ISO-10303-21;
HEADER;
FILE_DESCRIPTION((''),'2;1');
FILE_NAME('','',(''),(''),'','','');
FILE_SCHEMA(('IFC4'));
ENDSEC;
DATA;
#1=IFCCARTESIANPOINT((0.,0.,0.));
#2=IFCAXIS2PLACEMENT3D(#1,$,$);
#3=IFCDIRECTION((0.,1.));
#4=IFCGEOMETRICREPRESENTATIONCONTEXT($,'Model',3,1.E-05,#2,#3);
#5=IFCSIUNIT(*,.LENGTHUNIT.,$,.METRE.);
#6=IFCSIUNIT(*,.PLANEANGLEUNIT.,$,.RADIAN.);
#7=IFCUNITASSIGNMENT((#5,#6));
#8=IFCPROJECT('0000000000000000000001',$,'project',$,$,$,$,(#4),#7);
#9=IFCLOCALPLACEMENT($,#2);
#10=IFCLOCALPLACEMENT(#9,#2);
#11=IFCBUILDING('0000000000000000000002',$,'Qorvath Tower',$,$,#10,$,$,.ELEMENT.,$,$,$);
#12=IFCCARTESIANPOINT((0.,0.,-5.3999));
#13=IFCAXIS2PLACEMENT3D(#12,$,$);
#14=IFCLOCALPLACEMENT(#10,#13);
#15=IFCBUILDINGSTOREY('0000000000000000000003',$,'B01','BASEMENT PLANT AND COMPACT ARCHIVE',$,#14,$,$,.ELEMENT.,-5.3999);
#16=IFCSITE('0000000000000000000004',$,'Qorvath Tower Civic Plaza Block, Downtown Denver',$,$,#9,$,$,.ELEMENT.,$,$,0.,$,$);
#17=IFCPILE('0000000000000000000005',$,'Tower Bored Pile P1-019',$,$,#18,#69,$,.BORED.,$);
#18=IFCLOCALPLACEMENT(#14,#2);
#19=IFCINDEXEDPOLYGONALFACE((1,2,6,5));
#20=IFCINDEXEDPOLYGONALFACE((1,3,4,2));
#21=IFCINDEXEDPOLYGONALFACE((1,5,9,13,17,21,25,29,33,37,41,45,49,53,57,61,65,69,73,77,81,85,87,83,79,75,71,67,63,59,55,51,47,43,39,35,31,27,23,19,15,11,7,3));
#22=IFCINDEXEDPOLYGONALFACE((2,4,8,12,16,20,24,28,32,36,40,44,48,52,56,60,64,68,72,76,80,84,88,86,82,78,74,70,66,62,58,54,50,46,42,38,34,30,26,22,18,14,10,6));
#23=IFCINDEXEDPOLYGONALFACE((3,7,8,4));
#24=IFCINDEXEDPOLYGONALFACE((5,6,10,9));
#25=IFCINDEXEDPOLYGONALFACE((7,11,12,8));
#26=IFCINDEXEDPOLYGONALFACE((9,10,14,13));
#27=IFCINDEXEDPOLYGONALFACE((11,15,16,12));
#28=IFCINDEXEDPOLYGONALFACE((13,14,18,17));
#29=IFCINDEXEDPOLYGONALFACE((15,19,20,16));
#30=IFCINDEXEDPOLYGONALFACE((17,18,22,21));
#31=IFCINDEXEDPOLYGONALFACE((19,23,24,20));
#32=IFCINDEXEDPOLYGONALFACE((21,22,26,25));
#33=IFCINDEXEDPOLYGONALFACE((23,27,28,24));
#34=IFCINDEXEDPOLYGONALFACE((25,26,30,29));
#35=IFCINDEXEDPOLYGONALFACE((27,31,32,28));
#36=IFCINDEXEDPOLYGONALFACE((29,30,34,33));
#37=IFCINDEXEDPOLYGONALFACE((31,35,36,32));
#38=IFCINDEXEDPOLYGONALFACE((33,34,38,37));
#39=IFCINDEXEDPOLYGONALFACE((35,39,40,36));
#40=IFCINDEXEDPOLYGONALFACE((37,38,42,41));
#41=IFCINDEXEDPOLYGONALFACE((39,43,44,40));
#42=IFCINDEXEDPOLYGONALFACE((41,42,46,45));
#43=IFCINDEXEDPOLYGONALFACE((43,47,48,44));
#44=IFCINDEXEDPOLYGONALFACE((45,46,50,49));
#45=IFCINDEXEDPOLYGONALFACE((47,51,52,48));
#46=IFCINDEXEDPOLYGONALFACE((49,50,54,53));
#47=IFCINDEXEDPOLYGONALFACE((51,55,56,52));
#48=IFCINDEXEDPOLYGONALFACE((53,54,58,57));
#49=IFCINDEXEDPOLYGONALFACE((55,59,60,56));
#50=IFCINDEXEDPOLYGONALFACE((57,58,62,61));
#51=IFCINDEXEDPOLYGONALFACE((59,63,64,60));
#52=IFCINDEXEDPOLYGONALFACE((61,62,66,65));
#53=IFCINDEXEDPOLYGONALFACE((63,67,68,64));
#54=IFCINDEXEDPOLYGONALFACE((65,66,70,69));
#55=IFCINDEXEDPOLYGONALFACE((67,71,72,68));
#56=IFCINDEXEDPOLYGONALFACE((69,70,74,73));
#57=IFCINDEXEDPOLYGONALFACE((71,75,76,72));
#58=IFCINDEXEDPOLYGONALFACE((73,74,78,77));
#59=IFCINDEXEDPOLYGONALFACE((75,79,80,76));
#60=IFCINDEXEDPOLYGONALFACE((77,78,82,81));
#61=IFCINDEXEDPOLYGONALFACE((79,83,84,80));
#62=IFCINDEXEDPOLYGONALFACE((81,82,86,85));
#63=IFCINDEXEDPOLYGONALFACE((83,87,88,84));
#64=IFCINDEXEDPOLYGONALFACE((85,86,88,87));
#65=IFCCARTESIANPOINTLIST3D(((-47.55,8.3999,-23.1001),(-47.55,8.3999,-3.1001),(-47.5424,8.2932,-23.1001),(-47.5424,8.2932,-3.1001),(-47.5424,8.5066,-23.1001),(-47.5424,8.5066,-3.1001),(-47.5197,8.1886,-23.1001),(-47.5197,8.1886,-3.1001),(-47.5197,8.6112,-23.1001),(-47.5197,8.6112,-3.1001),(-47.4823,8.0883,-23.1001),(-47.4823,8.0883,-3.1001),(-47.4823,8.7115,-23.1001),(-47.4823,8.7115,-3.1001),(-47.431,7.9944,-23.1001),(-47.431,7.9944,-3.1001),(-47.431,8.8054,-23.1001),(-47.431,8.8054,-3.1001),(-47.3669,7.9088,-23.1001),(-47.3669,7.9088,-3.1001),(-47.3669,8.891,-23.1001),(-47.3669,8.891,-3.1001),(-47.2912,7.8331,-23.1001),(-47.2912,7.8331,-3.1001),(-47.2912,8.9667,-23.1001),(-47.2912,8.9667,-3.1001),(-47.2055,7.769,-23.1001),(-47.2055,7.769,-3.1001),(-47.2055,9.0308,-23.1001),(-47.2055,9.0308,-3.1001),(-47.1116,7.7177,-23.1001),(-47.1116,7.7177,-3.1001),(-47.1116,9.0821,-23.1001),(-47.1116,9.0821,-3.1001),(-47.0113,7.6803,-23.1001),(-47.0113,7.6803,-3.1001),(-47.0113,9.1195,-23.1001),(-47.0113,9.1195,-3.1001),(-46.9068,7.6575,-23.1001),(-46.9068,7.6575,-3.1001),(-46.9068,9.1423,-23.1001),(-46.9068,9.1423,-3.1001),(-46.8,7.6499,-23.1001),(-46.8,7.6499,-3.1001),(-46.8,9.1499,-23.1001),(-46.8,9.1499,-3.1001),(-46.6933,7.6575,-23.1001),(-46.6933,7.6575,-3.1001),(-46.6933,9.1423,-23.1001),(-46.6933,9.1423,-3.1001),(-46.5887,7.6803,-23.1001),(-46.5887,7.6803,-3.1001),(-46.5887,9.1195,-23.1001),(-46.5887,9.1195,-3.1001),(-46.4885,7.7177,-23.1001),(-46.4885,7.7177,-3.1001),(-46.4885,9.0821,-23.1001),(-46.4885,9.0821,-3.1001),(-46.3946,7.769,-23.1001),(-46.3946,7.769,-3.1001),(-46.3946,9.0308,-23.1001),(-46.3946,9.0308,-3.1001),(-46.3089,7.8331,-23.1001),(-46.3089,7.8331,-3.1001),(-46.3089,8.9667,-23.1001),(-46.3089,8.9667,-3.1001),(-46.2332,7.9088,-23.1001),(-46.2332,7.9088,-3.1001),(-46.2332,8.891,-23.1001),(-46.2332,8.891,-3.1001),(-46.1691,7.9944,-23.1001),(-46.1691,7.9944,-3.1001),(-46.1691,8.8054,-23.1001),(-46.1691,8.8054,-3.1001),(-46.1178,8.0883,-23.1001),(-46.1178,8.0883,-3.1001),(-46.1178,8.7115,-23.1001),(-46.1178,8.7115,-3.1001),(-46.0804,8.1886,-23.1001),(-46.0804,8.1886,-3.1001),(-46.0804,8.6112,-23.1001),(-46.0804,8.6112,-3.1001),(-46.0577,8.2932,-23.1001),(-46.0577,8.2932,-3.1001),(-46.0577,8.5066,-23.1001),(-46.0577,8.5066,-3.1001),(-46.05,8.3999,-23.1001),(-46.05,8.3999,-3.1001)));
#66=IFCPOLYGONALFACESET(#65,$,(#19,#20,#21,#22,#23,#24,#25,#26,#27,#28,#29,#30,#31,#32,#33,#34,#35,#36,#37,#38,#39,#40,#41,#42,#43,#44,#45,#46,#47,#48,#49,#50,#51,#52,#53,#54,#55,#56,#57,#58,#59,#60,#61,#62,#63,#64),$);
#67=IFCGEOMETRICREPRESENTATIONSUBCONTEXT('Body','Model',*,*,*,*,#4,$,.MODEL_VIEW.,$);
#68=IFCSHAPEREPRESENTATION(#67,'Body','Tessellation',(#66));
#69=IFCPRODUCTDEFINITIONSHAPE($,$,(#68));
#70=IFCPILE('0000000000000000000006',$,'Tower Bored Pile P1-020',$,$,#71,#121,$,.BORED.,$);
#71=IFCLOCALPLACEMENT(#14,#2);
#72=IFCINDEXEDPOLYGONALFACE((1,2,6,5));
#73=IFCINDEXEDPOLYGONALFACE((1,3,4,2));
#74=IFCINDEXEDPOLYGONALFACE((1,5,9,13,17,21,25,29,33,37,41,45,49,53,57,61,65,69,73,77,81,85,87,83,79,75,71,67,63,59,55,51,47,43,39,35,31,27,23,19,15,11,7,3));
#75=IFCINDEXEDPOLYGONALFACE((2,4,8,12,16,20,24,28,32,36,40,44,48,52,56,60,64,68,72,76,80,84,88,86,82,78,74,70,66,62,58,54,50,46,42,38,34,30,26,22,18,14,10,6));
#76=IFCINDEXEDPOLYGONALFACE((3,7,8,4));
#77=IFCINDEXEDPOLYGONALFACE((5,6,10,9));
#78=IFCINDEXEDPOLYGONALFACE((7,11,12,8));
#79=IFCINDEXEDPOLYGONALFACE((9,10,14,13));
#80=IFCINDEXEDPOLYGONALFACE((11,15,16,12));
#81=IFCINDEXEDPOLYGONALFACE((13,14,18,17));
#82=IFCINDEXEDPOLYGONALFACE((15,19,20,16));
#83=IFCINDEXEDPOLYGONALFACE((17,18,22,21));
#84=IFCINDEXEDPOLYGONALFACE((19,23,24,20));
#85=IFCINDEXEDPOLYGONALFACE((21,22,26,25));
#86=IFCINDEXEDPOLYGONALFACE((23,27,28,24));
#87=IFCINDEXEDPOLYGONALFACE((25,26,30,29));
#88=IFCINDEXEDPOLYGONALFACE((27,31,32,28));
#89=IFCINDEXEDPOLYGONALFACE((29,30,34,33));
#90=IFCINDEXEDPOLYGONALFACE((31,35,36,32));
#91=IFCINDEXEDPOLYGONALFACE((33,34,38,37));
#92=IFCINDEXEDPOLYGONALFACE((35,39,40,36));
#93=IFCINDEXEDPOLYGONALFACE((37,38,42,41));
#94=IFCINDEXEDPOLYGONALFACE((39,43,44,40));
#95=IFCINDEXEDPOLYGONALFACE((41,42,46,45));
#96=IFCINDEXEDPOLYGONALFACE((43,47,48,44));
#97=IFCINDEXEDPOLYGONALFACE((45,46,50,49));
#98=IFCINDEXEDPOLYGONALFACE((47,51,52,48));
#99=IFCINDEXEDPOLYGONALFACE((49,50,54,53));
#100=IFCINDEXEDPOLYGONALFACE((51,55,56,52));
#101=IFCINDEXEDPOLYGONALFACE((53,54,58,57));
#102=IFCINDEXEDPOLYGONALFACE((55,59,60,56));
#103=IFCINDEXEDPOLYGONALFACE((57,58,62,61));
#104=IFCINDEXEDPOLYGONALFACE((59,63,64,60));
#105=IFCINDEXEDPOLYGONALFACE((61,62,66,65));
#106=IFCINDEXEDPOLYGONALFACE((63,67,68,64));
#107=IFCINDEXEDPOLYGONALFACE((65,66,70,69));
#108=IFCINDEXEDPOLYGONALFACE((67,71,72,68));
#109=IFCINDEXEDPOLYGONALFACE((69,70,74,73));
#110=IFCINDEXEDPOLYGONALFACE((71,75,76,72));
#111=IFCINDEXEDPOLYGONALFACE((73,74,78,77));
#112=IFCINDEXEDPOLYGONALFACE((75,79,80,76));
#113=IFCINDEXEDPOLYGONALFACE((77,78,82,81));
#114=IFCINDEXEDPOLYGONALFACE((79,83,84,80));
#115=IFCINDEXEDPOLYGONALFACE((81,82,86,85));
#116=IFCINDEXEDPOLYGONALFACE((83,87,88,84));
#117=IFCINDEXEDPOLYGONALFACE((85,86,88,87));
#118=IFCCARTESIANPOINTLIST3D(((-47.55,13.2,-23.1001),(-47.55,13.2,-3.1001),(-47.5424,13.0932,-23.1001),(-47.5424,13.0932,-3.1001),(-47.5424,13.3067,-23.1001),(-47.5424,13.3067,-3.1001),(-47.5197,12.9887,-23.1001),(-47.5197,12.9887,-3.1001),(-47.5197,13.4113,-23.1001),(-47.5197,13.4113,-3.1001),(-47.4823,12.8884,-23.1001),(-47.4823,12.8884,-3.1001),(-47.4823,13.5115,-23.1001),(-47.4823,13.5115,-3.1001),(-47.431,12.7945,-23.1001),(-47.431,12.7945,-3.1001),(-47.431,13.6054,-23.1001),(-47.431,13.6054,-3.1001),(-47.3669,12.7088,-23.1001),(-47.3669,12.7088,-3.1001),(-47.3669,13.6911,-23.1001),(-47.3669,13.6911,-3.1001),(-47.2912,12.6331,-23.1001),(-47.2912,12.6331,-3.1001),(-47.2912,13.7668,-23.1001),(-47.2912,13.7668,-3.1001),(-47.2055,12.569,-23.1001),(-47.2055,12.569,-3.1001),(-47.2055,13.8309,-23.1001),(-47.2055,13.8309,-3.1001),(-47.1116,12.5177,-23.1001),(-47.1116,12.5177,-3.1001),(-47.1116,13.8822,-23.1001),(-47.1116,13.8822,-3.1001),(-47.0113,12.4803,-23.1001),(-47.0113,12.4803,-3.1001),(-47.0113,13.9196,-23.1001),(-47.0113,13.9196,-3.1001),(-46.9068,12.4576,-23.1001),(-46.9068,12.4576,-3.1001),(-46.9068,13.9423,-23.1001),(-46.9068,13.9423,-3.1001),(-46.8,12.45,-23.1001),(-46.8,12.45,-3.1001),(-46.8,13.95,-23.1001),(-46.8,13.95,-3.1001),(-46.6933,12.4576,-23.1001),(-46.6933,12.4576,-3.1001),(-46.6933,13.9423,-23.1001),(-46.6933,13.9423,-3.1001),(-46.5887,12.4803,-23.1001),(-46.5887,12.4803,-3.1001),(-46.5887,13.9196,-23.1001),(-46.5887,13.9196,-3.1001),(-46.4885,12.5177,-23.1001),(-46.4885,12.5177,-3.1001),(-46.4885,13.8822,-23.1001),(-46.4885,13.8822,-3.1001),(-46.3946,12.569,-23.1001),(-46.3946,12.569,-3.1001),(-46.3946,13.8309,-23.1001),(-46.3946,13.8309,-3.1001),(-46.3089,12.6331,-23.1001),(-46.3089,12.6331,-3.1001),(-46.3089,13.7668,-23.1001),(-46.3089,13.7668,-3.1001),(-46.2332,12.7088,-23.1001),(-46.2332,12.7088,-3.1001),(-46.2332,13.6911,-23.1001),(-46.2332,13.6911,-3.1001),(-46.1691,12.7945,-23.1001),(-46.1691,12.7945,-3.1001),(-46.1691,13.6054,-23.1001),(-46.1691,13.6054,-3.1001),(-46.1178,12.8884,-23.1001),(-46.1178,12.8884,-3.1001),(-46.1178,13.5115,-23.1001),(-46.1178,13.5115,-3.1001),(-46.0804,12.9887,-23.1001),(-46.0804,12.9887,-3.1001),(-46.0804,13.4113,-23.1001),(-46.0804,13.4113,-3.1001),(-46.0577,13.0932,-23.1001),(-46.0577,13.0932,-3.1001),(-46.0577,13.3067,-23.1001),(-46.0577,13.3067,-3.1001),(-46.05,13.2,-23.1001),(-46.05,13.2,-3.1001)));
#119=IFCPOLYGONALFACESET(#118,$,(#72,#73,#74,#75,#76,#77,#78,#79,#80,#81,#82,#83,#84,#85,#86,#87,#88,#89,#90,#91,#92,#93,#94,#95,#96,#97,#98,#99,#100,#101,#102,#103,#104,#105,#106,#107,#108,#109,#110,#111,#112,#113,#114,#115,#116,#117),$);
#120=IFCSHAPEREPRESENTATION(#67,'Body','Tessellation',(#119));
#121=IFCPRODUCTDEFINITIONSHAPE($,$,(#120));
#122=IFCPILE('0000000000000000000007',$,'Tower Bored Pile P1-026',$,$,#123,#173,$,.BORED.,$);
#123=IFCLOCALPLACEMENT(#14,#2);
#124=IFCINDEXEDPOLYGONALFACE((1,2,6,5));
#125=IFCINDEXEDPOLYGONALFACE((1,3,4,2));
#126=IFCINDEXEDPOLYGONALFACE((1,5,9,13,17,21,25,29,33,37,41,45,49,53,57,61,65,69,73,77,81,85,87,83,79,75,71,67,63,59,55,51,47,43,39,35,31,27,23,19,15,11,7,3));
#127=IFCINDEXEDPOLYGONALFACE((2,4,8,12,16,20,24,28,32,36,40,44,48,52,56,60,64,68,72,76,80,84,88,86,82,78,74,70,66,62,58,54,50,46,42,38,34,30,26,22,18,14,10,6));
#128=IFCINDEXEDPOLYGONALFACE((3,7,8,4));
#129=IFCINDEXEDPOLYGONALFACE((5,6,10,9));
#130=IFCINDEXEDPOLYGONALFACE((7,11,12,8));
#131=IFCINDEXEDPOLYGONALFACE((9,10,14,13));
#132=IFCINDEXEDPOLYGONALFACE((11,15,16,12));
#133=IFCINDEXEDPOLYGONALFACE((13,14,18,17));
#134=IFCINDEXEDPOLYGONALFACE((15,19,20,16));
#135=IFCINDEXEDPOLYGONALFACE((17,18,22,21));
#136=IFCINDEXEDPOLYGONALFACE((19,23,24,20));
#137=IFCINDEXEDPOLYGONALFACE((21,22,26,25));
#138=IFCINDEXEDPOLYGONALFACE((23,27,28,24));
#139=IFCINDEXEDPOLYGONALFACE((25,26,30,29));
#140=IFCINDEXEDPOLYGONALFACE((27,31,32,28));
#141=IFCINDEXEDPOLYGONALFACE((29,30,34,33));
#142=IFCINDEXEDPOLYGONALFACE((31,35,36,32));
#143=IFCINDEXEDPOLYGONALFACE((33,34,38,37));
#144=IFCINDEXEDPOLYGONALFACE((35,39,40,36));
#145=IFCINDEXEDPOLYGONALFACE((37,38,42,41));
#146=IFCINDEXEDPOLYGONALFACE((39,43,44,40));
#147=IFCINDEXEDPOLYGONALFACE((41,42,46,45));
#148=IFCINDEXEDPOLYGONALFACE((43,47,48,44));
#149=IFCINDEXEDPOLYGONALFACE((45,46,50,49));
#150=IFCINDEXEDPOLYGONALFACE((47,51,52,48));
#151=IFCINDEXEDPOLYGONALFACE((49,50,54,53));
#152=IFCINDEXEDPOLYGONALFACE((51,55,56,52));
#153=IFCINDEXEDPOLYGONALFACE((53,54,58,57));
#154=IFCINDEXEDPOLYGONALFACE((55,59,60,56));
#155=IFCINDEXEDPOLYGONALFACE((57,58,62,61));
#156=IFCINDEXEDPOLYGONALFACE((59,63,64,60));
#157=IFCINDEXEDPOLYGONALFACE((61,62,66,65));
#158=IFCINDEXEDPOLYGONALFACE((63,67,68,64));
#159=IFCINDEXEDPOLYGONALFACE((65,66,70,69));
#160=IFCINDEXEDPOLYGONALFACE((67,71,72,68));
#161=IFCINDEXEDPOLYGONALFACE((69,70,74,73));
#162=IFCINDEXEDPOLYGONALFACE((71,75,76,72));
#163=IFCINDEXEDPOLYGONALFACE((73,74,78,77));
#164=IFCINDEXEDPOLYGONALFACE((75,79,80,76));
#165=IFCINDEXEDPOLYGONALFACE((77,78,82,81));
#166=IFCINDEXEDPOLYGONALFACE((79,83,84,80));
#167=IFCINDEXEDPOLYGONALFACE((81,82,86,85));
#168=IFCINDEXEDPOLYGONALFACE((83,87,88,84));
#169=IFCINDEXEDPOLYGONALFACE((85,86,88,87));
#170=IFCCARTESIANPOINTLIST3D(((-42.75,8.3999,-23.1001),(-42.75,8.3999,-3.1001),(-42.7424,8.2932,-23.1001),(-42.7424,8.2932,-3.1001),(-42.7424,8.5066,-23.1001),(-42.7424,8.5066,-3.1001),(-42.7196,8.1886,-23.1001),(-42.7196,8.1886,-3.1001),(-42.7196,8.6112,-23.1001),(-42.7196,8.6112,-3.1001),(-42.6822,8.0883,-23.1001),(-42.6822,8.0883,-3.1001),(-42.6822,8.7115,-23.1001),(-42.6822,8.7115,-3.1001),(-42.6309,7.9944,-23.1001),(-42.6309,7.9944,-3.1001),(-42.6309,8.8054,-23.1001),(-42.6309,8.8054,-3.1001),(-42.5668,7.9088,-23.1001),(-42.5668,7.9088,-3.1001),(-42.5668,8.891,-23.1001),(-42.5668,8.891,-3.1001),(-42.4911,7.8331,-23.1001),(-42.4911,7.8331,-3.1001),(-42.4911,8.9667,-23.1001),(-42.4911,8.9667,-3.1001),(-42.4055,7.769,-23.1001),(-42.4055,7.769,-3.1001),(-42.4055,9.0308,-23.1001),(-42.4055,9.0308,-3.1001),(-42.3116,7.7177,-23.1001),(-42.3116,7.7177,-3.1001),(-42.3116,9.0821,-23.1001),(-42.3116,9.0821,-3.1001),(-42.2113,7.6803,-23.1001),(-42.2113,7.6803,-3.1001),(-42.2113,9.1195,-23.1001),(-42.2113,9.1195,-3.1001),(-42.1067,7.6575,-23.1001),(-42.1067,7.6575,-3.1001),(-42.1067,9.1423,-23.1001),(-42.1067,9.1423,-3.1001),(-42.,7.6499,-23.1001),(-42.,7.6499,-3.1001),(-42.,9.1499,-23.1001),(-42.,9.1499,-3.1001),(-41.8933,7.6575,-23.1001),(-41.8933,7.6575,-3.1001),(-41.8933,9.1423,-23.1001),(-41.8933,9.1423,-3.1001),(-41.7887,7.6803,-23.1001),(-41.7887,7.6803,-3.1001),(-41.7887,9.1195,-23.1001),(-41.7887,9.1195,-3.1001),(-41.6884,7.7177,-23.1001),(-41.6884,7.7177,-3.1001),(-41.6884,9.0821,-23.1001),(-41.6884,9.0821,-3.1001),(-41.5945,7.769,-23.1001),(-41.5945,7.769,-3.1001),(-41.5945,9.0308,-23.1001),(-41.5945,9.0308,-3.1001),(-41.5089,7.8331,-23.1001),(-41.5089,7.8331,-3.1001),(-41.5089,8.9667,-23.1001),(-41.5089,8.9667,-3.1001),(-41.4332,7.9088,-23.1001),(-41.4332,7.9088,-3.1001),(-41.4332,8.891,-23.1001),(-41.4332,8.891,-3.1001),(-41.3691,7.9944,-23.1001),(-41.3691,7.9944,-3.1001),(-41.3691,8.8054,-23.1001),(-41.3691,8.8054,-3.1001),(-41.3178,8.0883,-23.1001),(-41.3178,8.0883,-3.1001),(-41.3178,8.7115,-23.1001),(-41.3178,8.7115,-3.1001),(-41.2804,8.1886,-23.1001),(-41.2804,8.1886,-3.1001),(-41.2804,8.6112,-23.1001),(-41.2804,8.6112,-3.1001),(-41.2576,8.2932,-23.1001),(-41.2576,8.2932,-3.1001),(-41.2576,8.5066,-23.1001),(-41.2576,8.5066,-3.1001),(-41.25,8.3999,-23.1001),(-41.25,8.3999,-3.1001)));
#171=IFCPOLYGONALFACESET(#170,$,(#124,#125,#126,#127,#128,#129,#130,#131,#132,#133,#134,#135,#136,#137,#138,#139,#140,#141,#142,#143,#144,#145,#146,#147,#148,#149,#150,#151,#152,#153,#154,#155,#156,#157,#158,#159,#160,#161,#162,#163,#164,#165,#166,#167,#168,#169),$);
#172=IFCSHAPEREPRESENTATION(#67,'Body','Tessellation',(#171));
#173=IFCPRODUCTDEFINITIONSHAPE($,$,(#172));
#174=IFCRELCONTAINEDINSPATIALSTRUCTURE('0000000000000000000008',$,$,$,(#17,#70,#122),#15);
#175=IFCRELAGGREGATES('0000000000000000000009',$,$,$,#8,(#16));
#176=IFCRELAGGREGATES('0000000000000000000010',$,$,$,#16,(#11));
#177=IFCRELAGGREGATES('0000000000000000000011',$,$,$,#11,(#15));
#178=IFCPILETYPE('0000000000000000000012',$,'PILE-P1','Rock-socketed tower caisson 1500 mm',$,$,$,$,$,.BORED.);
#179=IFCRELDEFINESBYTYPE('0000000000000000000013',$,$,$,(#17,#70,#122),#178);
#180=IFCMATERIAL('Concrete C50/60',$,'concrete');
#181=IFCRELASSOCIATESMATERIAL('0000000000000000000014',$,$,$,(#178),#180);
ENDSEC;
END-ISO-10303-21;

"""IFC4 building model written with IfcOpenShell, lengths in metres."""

from ifc_helpers import new_model, si_unit, direction, frame, origin, origin_2d, place, context, subcontext, project, spatial, circle, extrude, material, material_profile, profile_set, type_object, element, save


model = new_model("IFC4")

# Units and contexts
model_context = context("Model", 3, precision=1e-05, world=origin(), true_north=direction((0.0, 1.0)))
body_context = subcontext(model_context, "Body", "Model", "MODEL_VIEW")
ifc_project = project(units=[si_unit("LENGTHUNIT", "METRE"), si_unit("PLANEANGLEUNIT", "RADIAN")], contexts=[model_context])

# Site, building, storey
site_placement = place(None, origin())
site = spatial("IfcSite", under=ifc_project, at=site_placement, Name="Qorvath Tower Civic Plaza Block, Downtown Denver", CompositionType="ELEMENT", RefElevation=0.0)
building_placement = place(site_placement, origin())
building = spatial("IfcBuilding", under=site, at=building_placement, Name="Qorvath Tower", CompositionType="ELEMENT")
storey_placement = place(building_placement, frame((0.0, 0.0, -5.3999)))
storey = spatial("IfcBuildingStorey", under=building, at=storey_placement, Name="B01", Description="BASEMENT PLANT AND COMPACT ARCHIVE", CompositionType="ELEMENT", Elevation=-5.3999)

# Piles
ifc_material_1 = material(Name="Concrete C50/60", Category="concrete")
ifc_material_profile_1 = material_profile(ifc_material_1, circle(Radius=0.75, at=origin_2d()), Name="BORED PILE 1500")
ifc_profile_set_1 = profile_set([ifc_material_profile_1], Name="Concrete C50/60")
pile_type = type_object("IfcPileType", Name="PILE-P1", Description="Rock-socketed tower caisson 1500 mm", PredefinedType="BORED", material=ifc_profile_set_1)
for number, where, z_axis, x_axis, name in (
    (1, (-46.8, 8.3999, -3.1001), (0.0, 0.0, -1.0), (1.0, 0.0, 0.0), "Tower Bored Pile P1-019"),
    (2, (-46.8, 13.2, -3.1001), (0.0, 0.0, -1.0), (1.0, 0.0, 0.0), "Tower Bored Pile P1-020"),
    (3, (-42.0, 8.3999, -3.1001), (0.0, 0.0, -1.0), (1.0, 0.0, 0.0), "Tower Bored Pile P1-026"),
):
    element("IfcPile", number, at=place(storey_placement, frame(where, z_axis=z_axis, x_axis=x_axis)), inside=storey, type_object=pile_type, Name=name, PredefinedType="BORED", context=body_context, shape_type="SweptSolid", body=[
        extrude(circle(Radius=0.75, at=origin_2d()), origin(), (0.0, 0.0, 1.0), 20.0),
    ])

save(model, "model.ifc")
